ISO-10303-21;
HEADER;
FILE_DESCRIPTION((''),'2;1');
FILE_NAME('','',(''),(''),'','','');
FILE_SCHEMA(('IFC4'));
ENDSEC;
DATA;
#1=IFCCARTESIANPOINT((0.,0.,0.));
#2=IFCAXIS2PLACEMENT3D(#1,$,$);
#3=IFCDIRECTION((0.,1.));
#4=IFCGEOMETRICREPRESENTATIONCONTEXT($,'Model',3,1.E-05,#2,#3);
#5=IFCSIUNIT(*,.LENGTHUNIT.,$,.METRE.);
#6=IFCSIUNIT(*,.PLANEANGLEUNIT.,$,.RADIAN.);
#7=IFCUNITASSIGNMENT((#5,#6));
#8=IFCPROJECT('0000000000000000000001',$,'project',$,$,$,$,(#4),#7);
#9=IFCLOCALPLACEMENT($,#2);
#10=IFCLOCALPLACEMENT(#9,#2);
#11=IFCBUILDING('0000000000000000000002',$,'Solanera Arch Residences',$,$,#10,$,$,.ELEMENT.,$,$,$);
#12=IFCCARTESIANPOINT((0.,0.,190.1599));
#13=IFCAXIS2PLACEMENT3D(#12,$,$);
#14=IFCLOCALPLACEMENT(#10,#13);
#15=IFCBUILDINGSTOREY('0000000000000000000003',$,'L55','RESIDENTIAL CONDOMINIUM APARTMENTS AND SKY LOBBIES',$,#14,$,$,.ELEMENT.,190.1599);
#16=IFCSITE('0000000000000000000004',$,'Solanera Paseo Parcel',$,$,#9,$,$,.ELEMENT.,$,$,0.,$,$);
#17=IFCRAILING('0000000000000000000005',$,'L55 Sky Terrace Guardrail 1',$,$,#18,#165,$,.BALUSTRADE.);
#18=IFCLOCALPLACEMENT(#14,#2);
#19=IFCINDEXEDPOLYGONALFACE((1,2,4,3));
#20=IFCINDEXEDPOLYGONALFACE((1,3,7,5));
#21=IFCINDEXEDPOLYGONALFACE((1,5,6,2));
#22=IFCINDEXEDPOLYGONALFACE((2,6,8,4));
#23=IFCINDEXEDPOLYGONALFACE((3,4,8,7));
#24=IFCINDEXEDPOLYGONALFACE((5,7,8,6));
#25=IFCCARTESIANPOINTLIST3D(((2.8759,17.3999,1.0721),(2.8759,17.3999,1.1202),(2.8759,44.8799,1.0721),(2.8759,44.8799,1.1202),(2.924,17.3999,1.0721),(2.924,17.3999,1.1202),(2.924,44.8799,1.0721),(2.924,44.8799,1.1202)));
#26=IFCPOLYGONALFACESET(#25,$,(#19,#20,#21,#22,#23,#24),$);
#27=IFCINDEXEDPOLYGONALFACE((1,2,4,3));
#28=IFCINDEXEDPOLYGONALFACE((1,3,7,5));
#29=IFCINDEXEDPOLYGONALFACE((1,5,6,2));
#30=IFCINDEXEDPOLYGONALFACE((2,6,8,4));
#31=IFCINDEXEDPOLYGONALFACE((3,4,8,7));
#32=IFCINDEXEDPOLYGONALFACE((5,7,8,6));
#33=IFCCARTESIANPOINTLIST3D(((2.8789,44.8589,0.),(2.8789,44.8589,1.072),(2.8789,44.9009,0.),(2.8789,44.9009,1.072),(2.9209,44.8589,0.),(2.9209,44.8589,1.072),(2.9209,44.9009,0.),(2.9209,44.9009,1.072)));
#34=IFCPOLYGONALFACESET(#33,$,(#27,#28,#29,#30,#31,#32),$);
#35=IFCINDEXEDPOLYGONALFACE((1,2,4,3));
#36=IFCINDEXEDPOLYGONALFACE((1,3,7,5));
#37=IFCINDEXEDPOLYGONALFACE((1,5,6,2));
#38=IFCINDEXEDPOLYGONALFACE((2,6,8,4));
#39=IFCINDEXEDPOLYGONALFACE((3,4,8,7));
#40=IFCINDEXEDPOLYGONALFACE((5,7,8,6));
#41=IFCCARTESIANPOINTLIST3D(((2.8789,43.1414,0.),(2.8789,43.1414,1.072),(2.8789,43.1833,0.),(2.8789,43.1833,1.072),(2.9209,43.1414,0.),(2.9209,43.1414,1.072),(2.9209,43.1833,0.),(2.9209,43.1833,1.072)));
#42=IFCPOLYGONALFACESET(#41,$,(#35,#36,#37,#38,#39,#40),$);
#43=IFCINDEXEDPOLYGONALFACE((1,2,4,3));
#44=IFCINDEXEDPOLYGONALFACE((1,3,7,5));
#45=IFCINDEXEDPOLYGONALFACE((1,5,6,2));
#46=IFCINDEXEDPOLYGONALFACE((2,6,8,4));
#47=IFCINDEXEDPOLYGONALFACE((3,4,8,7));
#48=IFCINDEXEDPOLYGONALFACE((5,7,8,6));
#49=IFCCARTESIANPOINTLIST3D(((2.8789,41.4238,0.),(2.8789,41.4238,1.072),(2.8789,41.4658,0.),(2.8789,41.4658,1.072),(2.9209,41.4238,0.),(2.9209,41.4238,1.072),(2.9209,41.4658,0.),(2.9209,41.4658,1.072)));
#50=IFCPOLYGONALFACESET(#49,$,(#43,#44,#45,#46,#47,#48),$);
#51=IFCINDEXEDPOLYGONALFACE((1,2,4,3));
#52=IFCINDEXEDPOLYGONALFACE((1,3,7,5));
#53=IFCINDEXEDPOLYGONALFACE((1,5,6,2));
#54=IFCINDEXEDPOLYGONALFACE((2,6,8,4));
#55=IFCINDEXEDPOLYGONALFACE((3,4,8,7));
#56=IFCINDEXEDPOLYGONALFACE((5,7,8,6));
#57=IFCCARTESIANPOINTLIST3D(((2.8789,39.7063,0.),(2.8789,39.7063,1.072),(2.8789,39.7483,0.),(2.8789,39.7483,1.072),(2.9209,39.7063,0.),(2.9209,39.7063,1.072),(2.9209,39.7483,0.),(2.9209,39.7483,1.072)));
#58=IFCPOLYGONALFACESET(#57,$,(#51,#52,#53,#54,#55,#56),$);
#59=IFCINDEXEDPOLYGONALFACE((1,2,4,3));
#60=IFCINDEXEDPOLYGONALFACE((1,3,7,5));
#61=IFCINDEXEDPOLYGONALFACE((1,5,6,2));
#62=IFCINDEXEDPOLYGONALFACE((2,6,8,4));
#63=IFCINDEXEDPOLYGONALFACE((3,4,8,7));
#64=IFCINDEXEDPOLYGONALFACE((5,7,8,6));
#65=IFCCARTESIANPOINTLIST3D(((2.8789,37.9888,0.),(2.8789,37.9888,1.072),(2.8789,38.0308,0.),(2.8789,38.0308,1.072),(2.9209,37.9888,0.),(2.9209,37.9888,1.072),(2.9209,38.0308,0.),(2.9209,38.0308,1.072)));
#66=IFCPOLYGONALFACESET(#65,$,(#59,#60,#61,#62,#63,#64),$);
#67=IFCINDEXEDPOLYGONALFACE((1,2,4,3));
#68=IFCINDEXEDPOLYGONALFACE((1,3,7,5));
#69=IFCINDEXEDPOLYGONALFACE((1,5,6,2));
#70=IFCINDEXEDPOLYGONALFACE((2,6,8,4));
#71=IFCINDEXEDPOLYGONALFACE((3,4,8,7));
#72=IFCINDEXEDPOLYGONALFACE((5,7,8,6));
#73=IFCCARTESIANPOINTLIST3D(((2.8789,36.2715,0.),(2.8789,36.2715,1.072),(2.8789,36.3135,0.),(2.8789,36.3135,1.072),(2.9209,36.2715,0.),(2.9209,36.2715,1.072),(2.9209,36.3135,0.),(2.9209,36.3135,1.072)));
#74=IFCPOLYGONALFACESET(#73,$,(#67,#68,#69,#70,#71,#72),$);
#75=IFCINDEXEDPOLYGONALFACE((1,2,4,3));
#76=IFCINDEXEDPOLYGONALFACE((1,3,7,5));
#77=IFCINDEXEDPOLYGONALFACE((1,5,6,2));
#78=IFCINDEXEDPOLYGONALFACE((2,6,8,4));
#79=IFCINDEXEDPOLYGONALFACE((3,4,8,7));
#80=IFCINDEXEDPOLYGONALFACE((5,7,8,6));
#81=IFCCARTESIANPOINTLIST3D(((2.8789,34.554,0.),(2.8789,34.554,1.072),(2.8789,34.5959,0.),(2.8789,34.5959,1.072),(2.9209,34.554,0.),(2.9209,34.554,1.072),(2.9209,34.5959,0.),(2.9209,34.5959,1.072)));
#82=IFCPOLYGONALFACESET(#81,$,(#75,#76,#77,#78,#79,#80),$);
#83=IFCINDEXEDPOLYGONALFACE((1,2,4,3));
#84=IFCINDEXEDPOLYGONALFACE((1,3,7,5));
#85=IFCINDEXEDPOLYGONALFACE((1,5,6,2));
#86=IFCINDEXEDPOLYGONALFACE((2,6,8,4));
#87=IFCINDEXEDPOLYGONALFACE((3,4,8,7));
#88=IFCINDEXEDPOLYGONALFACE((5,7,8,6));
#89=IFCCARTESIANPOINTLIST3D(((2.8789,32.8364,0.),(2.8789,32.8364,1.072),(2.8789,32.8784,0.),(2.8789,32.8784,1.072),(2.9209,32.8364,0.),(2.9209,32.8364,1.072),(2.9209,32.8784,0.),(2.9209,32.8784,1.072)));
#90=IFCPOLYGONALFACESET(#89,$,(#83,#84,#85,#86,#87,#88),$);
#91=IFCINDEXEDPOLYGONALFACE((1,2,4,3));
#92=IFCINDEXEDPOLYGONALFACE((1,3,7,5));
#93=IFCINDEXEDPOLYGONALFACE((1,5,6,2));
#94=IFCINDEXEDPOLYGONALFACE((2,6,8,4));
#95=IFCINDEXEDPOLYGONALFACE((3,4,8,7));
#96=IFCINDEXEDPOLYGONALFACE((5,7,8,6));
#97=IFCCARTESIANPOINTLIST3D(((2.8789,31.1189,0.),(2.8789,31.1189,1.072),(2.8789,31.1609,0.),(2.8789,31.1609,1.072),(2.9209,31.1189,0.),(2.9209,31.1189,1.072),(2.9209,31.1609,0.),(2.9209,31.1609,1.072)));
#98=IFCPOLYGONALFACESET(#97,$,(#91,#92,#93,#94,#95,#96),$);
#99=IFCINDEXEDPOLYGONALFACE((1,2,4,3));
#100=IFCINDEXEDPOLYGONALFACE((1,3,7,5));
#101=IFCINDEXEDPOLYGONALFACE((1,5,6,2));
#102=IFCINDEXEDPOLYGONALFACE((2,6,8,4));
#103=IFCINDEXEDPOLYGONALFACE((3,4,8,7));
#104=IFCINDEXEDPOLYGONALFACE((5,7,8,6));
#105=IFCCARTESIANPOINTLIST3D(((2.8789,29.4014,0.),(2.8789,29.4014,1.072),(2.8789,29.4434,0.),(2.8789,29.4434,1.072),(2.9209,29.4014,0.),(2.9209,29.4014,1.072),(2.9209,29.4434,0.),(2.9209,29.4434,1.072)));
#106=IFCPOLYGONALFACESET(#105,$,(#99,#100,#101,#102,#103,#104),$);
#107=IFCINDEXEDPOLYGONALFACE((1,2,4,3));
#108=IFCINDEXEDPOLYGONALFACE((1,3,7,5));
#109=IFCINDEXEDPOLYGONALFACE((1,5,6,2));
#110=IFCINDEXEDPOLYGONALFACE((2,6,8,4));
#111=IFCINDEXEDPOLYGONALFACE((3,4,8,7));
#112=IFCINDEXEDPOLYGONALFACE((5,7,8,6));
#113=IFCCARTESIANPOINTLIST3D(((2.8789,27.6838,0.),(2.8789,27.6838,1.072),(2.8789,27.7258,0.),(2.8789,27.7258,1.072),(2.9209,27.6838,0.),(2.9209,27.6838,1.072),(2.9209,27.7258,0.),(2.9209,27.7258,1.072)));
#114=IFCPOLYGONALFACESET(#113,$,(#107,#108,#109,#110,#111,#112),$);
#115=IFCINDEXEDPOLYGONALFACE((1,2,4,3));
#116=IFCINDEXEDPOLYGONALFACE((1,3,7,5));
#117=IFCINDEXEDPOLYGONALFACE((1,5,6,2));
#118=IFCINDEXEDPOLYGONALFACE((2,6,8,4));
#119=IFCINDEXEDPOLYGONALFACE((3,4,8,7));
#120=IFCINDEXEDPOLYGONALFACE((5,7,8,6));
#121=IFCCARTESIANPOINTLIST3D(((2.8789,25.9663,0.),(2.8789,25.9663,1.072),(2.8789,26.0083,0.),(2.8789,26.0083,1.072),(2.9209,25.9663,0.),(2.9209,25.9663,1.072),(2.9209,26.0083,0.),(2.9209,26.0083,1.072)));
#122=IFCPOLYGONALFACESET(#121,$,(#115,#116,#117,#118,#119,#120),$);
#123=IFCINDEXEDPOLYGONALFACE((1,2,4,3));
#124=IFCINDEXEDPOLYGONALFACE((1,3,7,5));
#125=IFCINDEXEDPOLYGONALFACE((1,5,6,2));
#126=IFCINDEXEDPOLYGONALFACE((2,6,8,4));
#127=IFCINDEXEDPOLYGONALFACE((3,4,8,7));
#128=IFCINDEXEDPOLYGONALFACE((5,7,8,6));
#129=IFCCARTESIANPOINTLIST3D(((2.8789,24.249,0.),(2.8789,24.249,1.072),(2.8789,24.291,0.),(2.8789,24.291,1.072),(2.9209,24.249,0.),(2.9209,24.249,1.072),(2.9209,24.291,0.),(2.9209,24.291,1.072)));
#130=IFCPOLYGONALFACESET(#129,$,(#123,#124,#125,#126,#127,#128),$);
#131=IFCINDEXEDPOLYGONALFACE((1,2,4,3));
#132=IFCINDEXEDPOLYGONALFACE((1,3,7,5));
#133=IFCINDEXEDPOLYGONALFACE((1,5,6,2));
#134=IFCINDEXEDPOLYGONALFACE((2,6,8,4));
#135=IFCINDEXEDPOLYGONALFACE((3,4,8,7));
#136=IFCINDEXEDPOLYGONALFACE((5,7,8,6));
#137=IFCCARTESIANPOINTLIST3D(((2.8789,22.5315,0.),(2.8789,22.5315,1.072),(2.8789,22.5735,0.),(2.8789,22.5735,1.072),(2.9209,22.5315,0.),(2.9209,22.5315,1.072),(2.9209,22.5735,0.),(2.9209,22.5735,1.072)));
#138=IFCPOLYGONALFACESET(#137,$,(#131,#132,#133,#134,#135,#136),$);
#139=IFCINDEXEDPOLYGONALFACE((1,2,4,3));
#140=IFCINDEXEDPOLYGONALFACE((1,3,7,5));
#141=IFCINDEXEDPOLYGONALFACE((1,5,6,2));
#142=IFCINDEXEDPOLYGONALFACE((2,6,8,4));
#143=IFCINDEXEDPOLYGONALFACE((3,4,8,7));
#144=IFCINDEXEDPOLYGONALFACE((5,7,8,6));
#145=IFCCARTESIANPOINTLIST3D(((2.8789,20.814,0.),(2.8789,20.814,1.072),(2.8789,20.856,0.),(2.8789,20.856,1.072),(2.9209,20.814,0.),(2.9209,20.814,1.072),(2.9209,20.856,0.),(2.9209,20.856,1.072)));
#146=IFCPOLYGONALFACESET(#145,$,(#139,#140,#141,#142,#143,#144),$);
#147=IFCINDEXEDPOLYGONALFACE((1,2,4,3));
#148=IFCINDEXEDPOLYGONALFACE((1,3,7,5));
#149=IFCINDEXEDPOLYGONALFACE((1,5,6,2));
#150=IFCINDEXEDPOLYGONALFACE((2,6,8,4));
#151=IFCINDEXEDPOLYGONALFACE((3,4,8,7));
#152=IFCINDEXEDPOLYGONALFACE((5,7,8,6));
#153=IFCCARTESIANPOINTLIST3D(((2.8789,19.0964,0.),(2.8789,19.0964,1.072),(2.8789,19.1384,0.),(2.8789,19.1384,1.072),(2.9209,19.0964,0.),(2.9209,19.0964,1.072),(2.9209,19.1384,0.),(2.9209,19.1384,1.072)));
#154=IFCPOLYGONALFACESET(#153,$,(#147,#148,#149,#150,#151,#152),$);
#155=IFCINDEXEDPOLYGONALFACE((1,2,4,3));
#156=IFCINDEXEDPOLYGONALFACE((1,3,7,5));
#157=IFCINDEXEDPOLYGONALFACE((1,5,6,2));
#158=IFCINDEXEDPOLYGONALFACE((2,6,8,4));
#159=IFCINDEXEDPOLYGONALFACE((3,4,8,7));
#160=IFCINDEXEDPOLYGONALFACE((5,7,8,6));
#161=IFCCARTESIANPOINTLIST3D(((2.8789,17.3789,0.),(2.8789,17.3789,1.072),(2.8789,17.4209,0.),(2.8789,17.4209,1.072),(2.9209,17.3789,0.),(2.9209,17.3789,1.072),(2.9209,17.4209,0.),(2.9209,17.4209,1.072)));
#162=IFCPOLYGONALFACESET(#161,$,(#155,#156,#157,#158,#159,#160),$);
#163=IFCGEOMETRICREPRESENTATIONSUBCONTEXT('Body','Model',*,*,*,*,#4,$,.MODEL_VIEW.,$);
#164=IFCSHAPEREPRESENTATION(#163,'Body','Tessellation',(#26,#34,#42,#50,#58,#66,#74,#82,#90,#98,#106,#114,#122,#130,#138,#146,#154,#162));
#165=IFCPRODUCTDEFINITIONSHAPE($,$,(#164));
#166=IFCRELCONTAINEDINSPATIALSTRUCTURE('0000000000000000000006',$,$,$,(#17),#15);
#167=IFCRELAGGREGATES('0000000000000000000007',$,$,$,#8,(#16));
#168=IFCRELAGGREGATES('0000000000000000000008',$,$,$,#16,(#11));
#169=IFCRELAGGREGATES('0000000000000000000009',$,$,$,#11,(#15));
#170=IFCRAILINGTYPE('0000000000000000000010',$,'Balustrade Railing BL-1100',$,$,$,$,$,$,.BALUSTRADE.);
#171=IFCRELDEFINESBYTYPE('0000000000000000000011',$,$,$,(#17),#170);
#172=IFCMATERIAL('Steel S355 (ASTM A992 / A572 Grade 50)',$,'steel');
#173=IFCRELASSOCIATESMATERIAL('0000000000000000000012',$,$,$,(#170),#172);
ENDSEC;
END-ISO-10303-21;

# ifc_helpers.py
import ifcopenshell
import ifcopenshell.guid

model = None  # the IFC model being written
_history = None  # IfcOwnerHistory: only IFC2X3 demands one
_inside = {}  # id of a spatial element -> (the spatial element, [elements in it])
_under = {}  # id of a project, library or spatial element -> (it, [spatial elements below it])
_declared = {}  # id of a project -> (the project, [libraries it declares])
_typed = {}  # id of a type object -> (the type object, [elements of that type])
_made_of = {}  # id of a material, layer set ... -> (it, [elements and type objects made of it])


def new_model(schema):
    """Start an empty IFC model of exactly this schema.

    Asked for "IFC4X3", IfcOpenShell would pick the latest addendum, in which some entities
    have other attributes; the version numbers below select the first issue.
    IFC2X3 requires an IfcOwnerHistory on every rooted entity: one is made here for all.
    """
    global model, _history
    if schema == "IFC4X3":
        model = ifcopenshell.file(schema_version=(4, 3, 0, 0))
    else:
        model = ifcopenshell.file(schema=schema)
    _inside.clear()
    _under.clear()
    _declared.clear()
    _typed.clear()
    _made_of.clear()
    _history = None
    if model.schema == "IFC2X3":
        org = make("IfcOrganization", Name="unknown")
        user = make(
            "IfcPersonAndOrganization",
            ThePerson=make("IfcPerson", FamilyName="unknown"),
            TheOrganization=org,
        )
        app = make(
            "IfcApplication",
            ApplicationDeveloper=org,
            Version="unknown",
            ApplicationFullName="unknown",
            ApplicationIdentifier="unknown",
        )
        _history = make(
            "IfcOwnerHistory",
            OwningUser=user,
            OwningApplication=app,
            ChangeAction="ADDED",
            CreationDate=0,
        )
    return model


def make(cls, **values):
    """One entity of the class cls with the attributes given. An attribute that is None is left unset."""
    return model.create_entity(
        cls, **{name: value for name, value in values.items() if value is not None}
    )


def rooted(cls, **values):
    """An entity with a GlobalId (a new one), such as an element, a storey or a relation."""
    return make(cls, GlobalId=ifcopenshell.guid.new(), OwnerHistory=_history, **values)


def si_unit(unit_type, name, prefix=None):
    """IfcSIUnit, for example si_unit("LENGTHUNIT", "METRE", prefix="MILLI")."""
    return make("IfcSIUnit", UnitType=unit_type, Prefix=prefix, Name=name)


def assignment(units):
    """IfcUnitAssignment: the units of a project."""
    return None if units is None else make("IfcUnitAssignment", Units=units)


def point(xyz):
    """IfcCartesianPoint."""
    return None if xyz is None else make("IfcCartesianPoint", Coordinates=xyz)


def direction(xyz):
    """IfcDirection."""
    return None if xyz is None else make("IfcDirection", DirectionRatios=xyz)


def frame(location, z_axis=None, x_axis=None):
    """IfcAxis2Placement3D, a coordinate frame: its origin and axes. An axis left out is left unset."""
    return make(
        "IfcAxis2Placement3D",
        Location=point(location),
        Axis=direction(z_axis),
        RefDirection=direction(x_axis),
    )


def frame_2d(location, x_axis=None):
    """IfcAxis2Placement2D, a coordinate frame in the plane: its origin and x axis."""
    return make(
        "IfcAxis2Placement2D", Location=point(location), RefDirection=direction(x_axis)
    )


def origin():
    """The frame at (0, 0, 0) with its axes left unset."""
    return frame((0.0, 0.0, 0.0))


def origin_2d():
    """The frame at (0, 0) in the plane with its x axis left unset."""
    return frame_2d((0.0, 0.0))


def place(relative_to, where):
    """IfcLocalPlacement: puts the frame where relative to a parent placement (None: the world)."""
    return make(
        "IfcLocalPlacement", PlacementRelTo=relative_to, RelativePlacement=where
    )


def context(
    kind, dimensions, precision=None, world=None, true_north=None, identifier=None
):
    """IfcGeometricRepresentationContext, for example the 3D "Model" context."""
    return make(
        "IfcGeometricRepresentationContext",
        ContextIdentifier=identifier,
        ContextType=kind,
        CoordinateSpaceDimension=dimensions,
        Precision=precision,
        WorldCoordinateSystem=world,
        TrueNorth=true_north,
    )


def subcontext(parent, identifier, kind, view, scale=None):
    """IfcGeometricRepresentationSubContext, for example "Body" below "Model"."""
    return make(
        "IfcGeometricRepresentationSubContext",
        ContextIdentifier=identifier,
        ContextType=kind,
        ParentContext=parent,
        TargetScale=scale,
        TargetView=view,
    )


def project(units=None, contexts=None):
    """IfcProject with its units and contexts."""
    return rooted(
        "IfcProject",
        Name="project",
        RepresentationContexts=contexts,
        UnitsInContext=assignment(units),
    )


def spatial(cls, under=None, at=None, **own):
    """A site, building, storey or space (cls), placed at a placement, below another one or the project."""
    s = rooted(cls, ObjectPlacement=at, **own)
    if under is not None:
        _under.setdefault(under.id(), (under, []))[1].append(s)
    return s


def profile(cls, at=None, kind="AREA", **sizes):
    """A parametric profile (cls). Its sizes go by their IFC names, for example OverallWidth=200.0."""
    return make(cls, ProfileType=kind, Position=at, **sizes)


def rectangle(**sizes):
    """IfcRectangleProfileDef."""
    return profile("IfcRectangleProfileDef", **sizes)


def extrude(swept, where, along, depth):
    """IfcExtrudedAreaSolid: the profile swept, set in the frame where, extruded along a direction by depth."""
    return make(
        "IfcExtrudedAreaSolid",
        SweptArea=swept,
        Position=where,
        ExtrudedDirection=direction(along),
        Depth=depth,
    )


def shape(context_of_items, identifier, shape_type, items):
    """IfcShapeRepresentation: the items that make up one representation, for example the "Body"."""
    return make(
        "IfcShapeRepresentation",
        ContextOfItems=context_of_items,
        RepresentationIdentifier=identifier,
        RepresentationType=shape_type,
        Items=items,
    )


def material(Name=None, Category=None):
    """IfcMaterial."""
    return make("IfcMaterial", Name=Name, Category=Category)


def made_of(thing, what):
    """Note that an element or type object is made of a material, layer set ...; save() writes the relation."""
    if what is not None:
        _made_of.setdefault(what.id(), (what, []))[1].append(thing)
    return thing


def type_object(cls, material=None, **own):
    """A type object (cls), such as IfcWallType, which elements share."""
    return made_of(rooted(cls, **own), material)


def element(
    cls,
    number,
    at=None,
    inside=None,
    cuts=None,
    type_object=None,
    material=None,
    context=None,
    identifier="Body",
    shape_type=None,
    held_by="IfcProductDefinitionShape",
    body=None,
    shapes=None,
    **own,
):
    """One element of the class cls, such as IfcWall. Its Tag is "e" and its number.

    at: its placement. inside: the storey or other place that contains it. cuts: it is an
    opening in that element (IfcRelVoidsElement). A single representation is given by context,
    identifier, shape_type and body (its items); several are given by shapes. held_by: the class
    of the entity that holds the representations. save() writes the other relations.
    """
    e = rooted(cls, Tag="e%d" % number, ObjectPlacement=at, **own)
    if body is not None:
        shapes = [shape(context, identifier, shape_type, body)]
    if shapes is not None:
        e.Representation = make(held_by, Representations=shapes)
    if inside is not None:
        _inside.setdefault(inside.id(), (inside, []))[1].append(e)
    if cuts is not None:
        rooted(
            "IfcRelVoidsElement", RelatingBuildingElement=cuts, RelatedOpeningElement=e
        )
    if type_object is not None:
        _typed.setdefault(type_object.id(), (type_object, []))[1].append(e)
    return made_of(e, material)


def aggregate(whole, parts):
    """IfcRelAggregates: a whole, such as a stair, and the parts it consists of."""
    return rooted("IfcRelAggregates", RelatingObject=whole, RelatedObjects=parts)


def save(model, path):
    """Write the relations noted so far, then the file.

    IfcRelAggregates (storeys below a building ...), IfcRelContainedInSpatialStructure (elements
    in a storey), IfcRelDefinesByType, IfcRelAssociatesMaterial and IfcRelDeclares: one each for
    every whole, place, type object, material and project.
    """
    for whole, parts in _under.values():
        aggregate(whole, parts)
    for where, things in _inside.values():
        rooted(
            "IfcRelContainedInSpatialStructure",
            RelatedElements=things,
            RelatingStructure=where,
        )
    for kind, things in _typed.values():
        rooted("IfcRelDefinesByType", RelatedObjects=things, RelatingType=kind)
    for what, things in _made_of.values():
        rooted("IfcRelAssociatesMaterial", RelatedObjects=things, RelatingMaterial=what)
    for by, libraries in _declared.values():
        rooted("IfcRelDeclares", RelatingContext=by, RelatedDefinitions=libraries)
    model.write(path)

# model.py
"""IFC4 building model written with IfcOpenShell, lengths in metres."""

from ifc_helpers import new_model, si_unit, direction, frame, origin, origin_2d, place, context, subcontext, project, spatial, rectangle, extrude, material, type_object, element, save


model = new_model("IFC4")

# Units and contexts
model_context = context("Model", 3, precision=1e-05, world=origin(), true_north=direction((0.0, 1.0)))
body_context = subcontext(model_context, "Body", "Model", "MODEL_VIEW")
ifc_project = project(units=[si_unit("LENGTHUNIT", "METRE"), si_unit("PLANEANGLEUNIT", "RADIAN")], contexts=[model_context])

# Site, building, storey
site_placement = place(None, origin())
site = spatial("IfcSite", under=ifc_project, at=site_placement, Name="Solanera Paseo Parcel", CompositionType="ELEMENT", RefElevation=0.0)
building_placement = place(site_placement, origin())
building = spatial("IfcBuilding", under=site, at=building_placement, Name="Solanera Arch Residences", CompositionType="ELEMENT")
storey_placement = place(building_placement, frame((0.0, 0.0, 190.1599)))
storey = spatial("IfcBuildingStorey", under=building, at=storey_placement, Name="L55", Description="RESIDENTIAL CONDOMINIUM APARTMENTS AND SKY LOBBIES", CompositionType="ELEMENT", Elevation=190.1599)

# Railing
ifc_material_1 = material(Name="Steel S355 (ASTM A992 / A572 Grade 50)", Category="steel")
railing_type = type_object("IfcRailingType", Name="Balustrade Railing BL-1100", PredefinedType="BALUSTRADE", material=ifc_material_1)
railing_1_placement = place(storey_placement, frame((2.8999, 44.8799, 0.0)))
element("IfcRailing", 1, at=railing_1_placement, inside=storey, type_object=railing_type, Name="L55 Sky Terrace Guardrail 1", PredefinedType="BALUSTRADE", context=body_context, shape_type="SweptSolid", body=[
    extrude(rectangle(XDim=0.0481, YDim=0.0481, at=origin_2d()), frame((0.0, 0.0, 1.0962), z_axis=(0.0, -1.0, 0.0), x_axis=(1.0, 0.0, 0.0)), (0.0, 0.0, 1.0), 27.48),
    extrude(rectangle(XDim=0.042, YDim=0.042, at=origin_2d()), origin(), (0.0, 0.0, 1.0), 1.072),
    extrude(rectangle(XDim=0.042, YDim=0.042, at=origin_2d()), frame((0.0, -1.7175, 0.0)), (0.0, 0.0, 1.0), 1.072),
    extrude(rectangle(XDim=0.042, YDim=0.042, at=origin_2d()), frame((0.0, -3.4351, 0.0)), (0.0, 0.0, 1.0), 1.072),
    extrude(rectangle(XDim=0.042, YDim=0.042, at=origin_2d()), frame((0.0, -5.1526, 0.0)), (0.0, 0.0, 1.0), 1.072),
    extrude(rectangle(XDim=0.042, YDim=0.042, at=origin_2d()), frame((0.0, -6.8701, 0.0)), (0.0, 0.0, 1.0), 1.072),
    extrude(rectangle(XDim=0.042, YDim=0.042, at=origin_2d()), frame((0.0, -8.5874, 0.0)), (0.0, 0.0, 1.0), 1.072),
    extrude(rectangle(XDim=0.042, YDim=0.042, at=origin_2d()), frame((0.0, -10.3049, 0.0)), (0.0, 0.0, 1.0), 1.072),
    extrude(rectangle(XDim=0.042, YDim=0.042, at=origin_2d()), frame((0.0, -12.0225, 0.0)), (0.0, 0.0, 1.0), 1.072),
    extrude(rectangle(XDim=0.042, YDim=0.042, at=origin_2d()), frame((0.0, -13.74, 0.0)), (0.0, 0.0, 1.0), 1.072),
    extrude(rectangle(XDim=0.042, YDim=0.042, at=origin_2d()), frame((0.0, -15.4575, 0.0)), (0.0, 0.0, 1.0), 1.072),
    extrude(rectangle(XDim=0.042, YDim=0.042, at=origin_2d()), frame((0.0, -17.175, 0.0)), (0.0, 0.0, 1.0), 1.072),
    extrude(rectangle(XDim=0.042, YDim=0.042, at=origin_2d()), frame((0.0, -18.8926, 0.0)), (0.0, 0.0, 1.0), 1.072),
    extrude(rectangle(XDim=0.042, YDim=0.042, at=origin_2d()), frame((0.0, -20.6099, 0.0)), (0.0, 0.0, 1.0), 1.072),
    extrude(rectangle(XDim=0.042, YDim=0.042, at=origin_2d()), frame((0.0, -22.3274, 0.0)), (0.0, 0.0, 1.0), 1.072),
    extrude(rectangle(XDim=0.042, YDim=0.042, at=origin_2d()), frame((0.0, -24.0449, 0.0)), (0.0, 0.0, 1.0), 1.072),
    extrude(rectangle(XDim=0.042, YDim=0.042, at=origin_2d()), frame((0.0, -25.7625, 0.0)), (0.0, 0.0, 1.0), 1.072),
    extrude(rectangle(XDim=0.042, YDim=0.042, at=origin_2d()), frame((0.0, -27.48, 0.0)), (0.0, 0.0, 1.0), 1.072),
])

save(model, "model.ifc")
